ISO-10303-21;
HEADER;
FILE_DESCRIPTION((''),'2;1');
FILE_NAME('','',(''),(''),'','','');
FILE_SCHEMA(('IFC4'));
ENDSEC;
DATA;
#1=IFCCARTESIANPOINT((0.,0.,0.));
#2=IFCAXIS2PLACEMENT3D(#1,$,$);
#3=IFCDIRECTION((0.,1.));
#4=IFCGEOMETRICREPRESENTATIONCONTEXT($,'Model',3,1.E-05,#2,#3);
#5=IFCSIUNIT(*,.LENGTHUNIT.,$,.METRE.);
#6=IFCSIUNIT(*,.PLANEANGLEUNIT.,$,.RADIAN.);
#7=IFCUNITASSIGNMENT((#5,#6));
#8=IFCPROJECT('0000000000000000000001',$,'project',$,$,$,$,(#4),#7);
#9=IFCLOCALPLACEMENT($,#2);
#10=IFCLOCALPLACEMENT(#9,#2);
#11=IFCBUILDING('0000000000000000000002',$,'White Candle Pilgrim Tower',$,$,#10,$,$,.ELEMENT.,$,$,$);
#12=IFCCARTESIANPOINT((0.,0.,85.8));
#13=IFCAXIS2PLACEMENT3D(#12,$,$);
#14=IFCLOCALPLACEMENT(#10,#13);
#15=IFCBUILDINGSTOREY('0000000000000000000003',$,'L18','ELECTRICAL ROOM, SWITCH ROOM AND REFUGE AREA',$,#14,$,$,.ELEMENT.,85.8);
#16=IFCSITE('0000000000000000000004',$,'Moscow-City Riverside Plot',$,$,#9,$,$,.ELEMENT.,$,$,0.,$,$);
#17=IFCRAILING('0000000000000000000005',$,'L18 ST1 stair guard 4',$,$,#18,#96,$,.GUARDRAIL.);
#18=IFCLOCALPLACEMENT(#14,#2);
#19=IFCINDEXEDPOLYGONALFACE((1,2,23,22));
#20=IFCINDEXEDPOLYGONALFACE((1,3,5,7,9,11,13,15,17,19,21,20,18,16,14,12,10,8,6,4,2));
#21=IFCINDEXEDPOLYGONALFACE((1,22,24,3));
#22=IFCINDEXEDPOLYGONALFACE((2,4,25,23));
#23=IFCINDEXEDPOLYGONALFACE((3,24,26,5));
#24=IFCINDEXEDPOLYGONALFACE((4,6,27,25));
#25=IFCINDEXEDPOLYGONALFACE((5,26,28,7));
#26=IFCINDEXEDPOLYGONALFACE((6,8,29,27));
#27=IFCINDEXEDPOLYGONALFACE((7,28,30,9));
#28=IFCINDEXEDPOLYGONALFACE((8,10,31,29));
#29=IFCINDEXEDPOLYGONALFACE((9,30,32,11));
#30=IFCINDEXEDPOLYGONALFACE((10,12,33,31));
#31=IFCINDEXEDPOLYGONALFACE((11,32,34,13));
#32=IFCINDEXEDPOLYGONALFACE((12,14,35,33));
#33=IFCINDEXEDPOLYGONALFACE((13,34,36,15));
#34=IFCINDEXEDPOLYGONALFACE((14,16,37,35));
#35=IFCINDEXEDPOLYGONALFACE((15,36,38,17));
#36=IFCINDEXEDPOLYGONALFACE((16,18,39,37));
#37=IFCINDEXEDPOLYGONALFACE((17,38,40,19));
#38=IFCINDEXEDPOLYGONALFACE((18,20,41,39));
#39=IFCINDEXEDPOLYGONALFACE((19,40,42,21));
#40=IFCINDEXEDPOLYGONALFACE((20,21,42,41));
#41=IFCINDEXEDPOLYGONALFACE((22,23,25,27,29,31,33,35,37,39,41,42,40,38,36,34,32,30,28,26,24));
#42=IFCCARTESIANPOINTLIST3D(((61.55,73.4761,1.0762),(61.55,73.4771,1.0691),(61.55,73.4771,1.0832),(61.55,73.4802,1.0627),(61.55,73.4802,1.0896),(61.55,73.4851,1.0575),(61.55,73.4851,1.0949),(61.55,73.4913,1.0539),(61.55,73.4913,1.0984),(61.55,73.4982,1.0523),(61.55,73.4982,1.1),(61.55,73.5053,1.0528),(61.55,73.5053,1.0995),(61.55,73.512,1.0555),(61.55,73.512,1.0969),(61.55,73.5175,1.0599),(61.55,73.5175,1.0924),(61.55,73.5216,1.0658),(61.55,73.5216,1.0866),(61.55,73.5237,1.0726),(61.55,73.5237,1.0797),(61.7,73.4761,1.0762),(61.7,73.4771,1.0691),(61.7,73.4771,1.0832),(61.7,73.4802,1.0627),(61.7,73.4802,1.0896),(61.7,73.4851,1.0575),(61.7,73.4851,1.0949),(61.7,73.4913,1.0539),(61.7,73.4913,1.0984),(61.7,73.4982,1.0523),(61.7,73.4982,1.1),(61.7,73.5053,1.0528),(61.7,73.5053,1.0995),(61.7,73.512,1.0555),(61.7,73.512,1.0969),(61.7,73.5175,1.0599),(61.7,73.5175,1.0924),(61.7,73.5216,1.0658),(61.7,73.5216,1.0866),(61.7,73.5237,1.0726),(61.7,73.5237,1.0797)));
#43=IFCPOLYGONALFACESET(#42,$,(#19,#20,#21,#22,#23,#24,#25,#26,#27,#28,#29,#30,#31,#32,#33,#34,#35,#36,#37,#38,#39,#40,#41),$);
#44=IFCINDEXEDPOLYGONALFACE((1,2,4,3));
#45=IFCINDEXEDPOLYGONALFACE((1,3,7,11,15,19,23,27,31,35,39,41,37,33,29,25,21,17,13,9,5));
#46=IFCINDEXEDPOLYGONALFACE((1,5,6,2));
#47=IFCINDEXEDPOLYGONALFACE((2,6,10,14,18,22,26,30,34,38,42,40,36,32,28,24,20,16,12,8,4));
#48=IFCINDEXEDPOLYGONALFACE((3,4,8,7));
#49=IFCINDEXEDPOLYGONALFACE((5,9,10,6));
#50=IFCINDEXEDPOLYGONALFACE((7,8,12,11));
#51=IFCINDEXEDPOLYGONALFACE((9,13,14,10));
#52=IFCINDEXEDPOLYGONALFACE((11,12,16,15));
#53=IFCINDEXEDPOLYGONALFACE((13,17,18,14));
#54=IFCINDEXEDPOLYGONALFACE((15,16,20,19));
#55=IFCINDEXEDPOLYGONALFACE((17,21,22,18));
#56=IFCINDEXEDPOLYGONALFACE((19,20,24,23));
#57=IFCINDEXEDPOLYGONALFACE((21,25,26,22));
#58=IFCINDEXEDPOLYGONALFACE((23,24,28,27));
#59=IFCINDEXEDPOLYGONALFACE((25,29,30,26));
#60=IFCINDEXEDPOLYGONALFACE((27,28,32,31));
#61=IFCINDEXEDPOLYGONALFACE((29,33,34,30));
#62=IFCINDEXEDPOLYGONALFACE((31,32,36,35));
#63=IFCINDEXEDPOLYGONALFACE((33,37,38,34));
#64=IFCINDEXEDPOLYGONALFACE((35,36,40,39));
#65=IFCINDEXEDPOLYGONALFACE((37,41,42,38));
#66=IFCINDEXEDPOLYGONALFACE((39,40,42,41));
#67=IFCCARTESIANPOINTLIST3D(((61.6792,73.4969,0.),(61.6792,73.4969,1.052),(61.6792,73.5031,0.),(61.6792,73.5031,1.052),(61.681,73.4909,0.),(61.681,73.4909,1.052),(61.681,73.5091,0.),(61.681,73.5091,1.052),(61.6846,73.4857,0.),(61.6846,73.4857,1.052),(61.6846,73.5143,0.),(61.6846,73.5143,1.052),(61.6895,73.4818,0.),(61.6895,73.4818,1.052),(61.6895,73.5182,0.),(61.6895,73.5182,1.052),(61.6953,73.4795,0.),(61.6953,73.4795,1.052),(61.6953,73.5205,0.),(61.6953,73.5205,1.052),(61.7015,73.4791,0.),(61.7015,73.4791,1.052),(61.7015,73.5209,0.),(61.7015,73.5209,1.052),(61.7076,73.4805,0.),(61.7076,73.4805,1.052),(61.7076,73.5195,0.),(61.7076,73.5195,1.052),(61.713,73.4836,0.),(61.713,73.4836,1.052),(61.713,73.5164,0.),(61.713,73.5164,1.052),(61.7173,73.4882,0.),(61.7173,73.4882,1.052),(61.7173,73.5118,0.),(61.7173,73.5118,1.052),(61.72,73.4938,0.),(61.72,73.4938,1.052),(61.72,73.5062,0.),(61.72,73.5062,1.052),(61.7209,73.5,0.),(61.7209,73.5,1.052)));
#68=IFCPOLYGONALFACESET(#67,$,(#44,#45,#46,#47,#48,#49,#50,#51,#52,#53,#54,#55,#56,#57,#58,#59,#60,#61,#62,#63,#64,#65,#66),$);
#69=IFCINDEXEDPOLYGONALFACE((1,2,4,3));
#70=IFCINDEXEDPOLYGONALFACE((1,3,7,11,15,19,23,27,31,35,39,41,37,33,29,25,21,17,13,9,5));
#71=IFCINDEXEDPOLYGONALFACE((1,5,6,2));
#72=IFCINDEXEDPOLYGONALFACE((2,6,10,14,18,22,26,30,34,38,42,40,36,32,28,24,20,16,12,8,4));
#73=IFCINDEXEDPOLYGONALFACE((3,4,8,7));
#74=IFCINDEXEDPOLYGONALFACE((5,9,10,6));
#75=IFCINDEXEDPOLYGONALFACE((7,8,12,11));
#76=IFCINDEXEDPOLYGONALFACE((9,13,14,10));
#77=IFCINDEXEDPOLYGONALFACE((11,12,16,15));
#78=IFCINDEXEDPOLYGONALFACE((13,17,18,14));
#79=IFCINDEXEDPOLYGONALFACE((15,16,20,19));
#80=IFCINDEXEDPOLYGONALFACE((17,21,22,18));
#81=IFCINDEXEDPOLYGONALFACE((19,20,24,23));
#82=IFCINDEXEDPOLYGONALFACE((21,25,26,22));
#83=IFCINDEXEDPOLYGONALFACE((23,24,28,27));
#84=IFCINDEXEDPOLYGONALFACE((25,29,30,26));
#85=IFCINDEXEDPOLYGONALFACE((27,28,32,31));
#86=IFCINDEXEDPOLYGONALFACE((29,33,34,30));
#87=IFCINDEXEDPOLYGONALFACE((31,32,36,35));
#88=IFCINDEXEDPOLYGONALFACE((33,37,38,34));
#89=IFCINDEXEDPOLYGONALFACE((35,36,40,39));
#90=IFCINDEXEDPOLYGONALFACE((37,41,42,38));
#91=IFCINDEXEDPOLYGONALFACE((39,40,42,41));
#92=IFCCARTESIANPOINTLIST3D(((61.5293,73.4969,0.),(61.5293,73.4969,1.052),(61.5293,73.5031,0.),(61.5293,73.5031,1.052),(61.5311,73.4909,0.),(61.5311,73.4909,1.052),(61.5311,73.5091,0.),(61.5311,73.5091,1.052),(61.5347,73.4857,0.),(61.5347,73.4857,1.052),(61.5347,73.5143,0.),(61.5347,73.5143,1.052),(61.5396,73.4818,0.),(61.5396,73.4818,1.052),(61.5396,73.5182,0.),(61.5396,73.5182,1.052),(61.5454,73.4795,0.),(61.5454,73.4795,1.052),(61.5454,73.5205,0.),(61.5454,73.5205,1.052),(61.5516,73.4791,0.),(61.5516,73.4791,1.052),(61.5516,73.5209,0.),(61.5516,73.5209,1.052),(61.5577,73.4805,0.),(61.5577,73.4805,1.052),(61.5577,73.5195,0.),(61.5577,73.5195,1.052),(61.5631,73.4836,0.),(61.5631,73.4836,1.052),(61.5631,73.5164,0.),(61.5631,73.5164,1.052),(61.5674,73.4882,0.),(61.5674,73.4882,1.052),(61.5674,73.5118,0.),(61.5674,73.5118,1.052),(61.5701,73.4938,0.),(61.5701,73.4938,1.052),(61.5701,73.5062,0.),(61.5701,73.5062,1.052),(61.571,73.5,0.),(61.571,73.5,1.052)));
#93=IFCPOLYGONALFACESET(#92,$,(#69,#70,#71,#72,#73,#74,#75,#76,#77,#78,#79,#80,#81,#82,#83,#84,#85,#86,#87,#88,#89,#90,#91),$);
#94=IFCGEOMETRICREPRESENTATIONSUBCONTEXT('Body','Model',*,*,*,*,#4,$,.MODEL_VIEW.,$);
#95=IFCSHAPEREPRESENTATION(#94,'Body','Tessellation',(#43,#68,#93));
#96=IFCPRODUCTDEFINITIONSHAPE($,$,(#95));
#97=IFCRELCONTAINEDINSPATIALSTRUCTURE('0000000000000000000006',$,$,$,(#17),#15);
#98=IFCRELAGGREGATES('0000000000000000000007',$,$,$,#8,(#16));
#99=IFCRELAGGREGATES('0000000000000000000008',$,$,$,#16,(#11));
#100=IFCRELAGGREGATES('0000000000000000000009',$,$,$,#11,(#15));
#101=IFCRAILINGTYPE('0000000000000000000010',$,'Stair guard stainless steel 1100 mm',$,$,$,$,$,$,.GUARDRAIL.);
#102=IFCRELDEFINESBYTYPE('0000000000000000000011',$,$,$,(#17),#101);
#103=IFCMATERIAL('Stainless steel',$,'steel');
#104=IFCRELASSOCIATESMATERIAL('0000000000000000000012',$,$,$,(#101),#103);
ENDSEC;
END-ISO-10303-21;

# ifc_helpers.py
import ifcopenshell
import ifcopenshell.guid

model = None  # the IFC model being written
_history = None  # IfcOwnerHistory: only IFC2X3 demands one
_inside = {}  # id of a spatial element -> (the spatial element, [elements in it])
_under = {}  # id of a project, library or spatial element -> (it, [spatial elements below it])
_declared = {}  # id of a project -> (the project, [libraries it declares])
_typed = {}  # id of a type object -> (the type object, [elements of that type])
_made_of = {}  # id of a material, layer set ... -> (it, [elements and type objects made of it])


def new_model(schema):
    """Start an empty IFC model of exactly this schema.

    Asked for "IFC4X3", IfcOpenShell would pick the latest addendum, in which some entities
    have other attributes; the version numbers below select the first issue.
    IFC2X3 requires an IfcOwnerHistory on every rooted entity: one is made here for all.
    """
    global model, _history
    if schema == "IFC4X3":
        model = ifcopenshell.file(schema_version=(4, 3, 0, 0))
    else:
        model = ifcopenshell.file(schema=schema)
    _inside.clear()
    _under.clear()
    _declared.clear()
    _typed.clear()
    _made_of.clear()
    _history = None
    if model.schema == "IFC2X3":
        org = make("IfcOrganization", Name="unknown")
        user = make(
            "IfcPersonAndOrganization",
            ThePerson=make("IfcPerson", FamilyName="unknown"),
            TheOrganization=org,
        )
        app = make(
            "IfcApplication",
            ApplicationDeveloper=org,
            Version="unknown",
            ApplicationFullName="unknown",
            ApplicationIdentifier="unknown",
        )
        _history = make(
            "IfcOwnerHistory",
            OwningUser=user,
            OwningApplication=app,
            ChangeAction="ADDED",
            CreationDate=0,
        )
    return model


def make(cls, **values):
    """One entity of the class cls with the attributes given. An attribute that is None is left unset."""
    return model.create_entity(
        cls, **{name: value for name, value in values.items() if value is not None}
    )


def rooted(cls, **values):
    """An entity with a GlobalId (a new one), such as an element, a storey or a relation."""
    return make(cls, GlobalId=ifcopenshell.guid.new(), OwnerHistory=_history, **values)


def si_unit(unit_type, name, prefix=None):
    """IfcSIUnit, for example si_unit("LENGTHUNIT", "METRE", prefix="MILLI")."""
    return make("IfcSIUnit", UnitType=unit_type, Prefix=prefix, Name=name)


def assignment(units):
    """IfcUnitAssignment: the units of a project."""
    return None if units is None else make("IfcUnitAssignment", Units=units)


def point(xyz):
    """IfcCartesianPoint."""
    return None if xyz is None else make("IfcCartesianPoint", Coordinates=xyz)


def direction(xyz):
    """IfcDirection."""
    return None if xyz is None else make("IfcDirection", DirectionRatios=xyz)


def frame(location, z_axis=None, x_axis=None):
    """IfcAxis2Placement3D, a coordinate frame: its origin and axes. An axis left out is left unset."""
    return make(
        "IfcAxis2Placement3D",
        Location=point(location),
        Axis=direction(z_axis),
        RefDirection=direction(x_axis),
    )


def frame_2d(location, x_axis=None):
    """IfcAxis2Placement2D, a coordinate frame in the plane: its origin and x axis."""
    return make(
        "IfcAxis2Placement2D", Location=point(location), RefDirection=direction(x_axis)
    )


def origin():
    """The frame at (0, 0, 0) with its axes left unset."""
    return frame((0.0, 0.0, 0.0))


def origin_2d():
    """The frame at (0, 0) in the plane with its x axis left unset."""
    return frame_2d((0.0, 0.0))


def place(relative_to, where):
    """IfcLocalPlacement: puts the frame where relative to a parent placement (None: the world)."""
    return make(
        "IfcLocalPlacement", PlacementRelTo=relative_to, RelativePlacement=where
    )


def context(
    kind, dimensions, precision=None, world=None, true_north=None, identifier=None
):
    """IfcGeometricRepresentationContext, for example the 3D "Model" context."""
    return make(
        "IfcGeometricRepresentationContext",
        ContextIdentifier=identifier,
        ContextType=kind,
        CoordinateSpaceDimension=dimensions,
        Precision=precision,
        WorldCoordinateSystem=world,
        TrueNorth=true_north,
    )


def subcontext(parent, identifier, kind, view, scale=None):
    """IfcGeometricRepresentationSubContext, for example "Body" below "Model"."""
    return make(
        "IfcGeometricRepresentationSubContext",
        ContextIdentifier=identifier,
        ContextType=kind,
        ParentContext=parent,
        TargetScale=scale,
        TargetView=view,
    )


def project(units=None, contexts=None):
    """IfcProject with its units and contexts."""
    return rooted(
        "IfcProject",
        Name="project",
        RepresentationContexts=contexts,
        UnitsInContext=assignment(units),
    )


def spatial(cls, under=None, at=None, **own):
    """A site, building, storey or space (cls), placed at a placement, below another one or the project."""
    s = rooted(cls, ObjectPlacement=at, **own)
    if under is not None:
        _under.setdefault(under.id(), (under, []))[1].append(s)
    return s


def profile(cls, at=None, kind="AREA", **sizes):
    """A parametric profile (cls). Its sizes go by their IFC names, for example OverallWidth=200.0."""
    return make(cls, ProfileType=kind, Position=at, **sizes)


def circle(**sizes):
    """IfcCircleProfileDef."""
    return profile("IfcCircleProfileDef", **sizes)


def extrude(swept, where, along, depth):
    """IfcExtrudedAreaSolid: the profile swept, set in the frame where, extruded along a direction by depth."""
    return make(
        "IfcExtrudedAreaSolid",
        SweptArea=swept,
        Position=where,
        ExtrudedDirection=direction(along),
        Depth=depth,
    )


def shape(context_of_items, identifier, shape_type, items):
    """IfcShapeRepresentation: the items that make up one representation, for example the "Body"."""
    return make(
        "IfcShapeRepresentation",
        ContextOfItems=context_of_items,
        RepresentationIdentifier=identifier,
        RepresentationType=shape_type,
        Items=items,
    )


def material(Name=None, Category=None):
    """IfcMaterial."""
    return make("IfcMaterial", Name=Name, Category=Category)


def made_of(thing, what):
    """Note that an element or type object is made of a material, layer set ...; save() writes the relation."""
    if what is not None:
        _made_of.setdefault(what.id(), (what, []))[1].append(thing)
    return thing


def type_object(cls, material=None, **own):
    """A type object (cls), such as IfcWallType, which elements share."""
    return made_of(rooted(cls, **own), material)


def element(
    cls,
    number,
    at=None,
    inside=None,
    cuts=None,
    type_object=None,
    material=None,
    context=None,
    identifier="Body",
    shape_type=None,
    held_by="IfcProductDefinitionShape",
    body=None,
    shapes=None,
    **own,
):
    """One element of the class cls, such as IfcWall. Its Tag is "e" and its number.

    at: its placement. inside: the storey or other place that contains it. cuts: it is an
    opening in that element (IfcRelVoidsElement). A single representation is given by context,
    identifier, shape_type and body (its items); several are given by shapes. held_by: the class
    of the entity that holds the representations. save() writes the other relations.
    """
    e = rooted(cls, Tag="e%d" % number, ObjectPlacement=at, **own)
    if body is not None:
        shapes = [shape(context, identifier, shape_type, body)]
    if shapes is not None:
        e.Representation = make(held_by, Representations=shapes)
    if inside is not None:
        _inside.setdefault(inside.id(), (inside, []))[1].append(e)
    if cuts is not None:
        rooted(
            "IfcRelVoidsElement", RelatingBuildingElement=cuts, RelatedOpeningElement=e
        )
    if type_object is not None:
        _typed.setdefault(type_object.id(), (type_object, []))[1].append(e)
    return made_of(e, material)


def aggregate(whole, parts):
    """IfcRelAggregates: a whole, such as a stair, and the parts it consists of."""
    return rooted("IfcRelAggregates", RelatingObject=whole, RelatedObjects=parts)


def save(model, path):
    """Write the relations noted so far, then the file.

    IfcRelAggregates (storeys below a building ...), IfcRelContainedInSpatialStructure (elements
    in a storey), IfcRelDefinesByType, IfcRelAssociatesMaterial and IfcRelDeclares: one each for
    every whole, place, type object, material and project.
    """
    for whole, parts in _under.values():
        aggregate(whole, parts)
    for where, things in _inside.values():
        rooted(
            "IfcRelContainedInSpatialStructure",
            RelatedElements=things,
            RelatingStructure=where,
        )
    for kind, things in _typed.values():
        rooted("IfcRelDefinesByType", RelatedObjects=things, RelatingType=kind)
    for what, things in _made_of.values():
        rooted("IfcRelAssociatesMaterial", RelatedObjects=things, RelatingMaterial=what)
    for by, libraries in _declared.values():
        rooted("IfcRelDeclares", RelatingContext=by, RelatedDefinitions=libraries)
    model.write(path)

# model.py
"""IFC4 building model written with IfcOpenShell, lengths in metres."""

from ifc_helpers import new_model, si_unit, direction, frame, origin, origin_2d, place, context, subcontext, project, spatial, circle, extrude, material, type_object, element, save


model = new_model("IFC4")

# Units and contexts
model_context = context("Model", 3, precision=1e-05, world=origin(), true_north=direction((0.0, 1.0)))
body_context = subcontext(model_context, "Body", "Model", "MODEL_VIEW")
ifc_project = project(units=[si_unit("LENGTHUNIT", "METRE"), si_unit("PLANEANGLEUNIT", "RADIAN")], contexts=[model_context])

# Site, building, storey
site_placement = place(None, origin())
site = spatial("IfcSite", under=ifc_project, at=site_placement, Name="Moscow-City Riverside Plot", CompositionType="ELEMENT", RefElevation=0.0)
building_placement = place(site_placement, origin())
building = spatial("IfcBuilding", under=site, at=building_placement, Name="White Candle Pilgrim Tower", CompositionType="ELEMENT")
storey_placement = place(building_placement, frame((0.0, 0.0, 85.8)))
storey = spatial("IfcBuildingStorey", under=building, at=storey_placement, Name="L18", Description="ELECTRICAL ROOM, SWITCH ROOM AND REFUGE AREA", CompositionType="ELEMENT", Elevation=85.8)

# Shared definitions
ifc_material_1 = material(Name="Stainless steel", Category="steel")

# Railing
railing_type_1 = type_object("IfcRailingType", Name="Stair guard stainless steel 1100 mm", PredefinedType="GUARDRAIL", material=ifc_material_1)
railing_1_placement = place(storey_placement, frame((61.7, 73.5, 0.0)))
element("IfcRailing", 1, at=railing_1_placement, inside=storey, type_object=railing_type_1, Name="L18 ST1 stair guard 4", PredefinedType="GUARDRAIL", context=body_context, shape_type="SweptSolid", body=[
    extrude(circle(Radius=0.0239, at=origin_2d()), frame((0.0, 0.0, 1.0762), z_axis=(-1.0, 0.0, 0.0), x_axis=(0.0, -1.0, 0.0)), (0.0, 0.0, 1.0), 0.1499),
    extrude(circle(Radius=0.021, at=origin_2d()), origin(), (0.0, 0.0, 1.0), 1.052),
    extrude(circle(Radius=0.021, at=origin_2d()), frame((-0.1499, 0.0, 0.0)), (0.0, 0.0, 1.0), 1.052),
])

save(model, "model.ifc")
